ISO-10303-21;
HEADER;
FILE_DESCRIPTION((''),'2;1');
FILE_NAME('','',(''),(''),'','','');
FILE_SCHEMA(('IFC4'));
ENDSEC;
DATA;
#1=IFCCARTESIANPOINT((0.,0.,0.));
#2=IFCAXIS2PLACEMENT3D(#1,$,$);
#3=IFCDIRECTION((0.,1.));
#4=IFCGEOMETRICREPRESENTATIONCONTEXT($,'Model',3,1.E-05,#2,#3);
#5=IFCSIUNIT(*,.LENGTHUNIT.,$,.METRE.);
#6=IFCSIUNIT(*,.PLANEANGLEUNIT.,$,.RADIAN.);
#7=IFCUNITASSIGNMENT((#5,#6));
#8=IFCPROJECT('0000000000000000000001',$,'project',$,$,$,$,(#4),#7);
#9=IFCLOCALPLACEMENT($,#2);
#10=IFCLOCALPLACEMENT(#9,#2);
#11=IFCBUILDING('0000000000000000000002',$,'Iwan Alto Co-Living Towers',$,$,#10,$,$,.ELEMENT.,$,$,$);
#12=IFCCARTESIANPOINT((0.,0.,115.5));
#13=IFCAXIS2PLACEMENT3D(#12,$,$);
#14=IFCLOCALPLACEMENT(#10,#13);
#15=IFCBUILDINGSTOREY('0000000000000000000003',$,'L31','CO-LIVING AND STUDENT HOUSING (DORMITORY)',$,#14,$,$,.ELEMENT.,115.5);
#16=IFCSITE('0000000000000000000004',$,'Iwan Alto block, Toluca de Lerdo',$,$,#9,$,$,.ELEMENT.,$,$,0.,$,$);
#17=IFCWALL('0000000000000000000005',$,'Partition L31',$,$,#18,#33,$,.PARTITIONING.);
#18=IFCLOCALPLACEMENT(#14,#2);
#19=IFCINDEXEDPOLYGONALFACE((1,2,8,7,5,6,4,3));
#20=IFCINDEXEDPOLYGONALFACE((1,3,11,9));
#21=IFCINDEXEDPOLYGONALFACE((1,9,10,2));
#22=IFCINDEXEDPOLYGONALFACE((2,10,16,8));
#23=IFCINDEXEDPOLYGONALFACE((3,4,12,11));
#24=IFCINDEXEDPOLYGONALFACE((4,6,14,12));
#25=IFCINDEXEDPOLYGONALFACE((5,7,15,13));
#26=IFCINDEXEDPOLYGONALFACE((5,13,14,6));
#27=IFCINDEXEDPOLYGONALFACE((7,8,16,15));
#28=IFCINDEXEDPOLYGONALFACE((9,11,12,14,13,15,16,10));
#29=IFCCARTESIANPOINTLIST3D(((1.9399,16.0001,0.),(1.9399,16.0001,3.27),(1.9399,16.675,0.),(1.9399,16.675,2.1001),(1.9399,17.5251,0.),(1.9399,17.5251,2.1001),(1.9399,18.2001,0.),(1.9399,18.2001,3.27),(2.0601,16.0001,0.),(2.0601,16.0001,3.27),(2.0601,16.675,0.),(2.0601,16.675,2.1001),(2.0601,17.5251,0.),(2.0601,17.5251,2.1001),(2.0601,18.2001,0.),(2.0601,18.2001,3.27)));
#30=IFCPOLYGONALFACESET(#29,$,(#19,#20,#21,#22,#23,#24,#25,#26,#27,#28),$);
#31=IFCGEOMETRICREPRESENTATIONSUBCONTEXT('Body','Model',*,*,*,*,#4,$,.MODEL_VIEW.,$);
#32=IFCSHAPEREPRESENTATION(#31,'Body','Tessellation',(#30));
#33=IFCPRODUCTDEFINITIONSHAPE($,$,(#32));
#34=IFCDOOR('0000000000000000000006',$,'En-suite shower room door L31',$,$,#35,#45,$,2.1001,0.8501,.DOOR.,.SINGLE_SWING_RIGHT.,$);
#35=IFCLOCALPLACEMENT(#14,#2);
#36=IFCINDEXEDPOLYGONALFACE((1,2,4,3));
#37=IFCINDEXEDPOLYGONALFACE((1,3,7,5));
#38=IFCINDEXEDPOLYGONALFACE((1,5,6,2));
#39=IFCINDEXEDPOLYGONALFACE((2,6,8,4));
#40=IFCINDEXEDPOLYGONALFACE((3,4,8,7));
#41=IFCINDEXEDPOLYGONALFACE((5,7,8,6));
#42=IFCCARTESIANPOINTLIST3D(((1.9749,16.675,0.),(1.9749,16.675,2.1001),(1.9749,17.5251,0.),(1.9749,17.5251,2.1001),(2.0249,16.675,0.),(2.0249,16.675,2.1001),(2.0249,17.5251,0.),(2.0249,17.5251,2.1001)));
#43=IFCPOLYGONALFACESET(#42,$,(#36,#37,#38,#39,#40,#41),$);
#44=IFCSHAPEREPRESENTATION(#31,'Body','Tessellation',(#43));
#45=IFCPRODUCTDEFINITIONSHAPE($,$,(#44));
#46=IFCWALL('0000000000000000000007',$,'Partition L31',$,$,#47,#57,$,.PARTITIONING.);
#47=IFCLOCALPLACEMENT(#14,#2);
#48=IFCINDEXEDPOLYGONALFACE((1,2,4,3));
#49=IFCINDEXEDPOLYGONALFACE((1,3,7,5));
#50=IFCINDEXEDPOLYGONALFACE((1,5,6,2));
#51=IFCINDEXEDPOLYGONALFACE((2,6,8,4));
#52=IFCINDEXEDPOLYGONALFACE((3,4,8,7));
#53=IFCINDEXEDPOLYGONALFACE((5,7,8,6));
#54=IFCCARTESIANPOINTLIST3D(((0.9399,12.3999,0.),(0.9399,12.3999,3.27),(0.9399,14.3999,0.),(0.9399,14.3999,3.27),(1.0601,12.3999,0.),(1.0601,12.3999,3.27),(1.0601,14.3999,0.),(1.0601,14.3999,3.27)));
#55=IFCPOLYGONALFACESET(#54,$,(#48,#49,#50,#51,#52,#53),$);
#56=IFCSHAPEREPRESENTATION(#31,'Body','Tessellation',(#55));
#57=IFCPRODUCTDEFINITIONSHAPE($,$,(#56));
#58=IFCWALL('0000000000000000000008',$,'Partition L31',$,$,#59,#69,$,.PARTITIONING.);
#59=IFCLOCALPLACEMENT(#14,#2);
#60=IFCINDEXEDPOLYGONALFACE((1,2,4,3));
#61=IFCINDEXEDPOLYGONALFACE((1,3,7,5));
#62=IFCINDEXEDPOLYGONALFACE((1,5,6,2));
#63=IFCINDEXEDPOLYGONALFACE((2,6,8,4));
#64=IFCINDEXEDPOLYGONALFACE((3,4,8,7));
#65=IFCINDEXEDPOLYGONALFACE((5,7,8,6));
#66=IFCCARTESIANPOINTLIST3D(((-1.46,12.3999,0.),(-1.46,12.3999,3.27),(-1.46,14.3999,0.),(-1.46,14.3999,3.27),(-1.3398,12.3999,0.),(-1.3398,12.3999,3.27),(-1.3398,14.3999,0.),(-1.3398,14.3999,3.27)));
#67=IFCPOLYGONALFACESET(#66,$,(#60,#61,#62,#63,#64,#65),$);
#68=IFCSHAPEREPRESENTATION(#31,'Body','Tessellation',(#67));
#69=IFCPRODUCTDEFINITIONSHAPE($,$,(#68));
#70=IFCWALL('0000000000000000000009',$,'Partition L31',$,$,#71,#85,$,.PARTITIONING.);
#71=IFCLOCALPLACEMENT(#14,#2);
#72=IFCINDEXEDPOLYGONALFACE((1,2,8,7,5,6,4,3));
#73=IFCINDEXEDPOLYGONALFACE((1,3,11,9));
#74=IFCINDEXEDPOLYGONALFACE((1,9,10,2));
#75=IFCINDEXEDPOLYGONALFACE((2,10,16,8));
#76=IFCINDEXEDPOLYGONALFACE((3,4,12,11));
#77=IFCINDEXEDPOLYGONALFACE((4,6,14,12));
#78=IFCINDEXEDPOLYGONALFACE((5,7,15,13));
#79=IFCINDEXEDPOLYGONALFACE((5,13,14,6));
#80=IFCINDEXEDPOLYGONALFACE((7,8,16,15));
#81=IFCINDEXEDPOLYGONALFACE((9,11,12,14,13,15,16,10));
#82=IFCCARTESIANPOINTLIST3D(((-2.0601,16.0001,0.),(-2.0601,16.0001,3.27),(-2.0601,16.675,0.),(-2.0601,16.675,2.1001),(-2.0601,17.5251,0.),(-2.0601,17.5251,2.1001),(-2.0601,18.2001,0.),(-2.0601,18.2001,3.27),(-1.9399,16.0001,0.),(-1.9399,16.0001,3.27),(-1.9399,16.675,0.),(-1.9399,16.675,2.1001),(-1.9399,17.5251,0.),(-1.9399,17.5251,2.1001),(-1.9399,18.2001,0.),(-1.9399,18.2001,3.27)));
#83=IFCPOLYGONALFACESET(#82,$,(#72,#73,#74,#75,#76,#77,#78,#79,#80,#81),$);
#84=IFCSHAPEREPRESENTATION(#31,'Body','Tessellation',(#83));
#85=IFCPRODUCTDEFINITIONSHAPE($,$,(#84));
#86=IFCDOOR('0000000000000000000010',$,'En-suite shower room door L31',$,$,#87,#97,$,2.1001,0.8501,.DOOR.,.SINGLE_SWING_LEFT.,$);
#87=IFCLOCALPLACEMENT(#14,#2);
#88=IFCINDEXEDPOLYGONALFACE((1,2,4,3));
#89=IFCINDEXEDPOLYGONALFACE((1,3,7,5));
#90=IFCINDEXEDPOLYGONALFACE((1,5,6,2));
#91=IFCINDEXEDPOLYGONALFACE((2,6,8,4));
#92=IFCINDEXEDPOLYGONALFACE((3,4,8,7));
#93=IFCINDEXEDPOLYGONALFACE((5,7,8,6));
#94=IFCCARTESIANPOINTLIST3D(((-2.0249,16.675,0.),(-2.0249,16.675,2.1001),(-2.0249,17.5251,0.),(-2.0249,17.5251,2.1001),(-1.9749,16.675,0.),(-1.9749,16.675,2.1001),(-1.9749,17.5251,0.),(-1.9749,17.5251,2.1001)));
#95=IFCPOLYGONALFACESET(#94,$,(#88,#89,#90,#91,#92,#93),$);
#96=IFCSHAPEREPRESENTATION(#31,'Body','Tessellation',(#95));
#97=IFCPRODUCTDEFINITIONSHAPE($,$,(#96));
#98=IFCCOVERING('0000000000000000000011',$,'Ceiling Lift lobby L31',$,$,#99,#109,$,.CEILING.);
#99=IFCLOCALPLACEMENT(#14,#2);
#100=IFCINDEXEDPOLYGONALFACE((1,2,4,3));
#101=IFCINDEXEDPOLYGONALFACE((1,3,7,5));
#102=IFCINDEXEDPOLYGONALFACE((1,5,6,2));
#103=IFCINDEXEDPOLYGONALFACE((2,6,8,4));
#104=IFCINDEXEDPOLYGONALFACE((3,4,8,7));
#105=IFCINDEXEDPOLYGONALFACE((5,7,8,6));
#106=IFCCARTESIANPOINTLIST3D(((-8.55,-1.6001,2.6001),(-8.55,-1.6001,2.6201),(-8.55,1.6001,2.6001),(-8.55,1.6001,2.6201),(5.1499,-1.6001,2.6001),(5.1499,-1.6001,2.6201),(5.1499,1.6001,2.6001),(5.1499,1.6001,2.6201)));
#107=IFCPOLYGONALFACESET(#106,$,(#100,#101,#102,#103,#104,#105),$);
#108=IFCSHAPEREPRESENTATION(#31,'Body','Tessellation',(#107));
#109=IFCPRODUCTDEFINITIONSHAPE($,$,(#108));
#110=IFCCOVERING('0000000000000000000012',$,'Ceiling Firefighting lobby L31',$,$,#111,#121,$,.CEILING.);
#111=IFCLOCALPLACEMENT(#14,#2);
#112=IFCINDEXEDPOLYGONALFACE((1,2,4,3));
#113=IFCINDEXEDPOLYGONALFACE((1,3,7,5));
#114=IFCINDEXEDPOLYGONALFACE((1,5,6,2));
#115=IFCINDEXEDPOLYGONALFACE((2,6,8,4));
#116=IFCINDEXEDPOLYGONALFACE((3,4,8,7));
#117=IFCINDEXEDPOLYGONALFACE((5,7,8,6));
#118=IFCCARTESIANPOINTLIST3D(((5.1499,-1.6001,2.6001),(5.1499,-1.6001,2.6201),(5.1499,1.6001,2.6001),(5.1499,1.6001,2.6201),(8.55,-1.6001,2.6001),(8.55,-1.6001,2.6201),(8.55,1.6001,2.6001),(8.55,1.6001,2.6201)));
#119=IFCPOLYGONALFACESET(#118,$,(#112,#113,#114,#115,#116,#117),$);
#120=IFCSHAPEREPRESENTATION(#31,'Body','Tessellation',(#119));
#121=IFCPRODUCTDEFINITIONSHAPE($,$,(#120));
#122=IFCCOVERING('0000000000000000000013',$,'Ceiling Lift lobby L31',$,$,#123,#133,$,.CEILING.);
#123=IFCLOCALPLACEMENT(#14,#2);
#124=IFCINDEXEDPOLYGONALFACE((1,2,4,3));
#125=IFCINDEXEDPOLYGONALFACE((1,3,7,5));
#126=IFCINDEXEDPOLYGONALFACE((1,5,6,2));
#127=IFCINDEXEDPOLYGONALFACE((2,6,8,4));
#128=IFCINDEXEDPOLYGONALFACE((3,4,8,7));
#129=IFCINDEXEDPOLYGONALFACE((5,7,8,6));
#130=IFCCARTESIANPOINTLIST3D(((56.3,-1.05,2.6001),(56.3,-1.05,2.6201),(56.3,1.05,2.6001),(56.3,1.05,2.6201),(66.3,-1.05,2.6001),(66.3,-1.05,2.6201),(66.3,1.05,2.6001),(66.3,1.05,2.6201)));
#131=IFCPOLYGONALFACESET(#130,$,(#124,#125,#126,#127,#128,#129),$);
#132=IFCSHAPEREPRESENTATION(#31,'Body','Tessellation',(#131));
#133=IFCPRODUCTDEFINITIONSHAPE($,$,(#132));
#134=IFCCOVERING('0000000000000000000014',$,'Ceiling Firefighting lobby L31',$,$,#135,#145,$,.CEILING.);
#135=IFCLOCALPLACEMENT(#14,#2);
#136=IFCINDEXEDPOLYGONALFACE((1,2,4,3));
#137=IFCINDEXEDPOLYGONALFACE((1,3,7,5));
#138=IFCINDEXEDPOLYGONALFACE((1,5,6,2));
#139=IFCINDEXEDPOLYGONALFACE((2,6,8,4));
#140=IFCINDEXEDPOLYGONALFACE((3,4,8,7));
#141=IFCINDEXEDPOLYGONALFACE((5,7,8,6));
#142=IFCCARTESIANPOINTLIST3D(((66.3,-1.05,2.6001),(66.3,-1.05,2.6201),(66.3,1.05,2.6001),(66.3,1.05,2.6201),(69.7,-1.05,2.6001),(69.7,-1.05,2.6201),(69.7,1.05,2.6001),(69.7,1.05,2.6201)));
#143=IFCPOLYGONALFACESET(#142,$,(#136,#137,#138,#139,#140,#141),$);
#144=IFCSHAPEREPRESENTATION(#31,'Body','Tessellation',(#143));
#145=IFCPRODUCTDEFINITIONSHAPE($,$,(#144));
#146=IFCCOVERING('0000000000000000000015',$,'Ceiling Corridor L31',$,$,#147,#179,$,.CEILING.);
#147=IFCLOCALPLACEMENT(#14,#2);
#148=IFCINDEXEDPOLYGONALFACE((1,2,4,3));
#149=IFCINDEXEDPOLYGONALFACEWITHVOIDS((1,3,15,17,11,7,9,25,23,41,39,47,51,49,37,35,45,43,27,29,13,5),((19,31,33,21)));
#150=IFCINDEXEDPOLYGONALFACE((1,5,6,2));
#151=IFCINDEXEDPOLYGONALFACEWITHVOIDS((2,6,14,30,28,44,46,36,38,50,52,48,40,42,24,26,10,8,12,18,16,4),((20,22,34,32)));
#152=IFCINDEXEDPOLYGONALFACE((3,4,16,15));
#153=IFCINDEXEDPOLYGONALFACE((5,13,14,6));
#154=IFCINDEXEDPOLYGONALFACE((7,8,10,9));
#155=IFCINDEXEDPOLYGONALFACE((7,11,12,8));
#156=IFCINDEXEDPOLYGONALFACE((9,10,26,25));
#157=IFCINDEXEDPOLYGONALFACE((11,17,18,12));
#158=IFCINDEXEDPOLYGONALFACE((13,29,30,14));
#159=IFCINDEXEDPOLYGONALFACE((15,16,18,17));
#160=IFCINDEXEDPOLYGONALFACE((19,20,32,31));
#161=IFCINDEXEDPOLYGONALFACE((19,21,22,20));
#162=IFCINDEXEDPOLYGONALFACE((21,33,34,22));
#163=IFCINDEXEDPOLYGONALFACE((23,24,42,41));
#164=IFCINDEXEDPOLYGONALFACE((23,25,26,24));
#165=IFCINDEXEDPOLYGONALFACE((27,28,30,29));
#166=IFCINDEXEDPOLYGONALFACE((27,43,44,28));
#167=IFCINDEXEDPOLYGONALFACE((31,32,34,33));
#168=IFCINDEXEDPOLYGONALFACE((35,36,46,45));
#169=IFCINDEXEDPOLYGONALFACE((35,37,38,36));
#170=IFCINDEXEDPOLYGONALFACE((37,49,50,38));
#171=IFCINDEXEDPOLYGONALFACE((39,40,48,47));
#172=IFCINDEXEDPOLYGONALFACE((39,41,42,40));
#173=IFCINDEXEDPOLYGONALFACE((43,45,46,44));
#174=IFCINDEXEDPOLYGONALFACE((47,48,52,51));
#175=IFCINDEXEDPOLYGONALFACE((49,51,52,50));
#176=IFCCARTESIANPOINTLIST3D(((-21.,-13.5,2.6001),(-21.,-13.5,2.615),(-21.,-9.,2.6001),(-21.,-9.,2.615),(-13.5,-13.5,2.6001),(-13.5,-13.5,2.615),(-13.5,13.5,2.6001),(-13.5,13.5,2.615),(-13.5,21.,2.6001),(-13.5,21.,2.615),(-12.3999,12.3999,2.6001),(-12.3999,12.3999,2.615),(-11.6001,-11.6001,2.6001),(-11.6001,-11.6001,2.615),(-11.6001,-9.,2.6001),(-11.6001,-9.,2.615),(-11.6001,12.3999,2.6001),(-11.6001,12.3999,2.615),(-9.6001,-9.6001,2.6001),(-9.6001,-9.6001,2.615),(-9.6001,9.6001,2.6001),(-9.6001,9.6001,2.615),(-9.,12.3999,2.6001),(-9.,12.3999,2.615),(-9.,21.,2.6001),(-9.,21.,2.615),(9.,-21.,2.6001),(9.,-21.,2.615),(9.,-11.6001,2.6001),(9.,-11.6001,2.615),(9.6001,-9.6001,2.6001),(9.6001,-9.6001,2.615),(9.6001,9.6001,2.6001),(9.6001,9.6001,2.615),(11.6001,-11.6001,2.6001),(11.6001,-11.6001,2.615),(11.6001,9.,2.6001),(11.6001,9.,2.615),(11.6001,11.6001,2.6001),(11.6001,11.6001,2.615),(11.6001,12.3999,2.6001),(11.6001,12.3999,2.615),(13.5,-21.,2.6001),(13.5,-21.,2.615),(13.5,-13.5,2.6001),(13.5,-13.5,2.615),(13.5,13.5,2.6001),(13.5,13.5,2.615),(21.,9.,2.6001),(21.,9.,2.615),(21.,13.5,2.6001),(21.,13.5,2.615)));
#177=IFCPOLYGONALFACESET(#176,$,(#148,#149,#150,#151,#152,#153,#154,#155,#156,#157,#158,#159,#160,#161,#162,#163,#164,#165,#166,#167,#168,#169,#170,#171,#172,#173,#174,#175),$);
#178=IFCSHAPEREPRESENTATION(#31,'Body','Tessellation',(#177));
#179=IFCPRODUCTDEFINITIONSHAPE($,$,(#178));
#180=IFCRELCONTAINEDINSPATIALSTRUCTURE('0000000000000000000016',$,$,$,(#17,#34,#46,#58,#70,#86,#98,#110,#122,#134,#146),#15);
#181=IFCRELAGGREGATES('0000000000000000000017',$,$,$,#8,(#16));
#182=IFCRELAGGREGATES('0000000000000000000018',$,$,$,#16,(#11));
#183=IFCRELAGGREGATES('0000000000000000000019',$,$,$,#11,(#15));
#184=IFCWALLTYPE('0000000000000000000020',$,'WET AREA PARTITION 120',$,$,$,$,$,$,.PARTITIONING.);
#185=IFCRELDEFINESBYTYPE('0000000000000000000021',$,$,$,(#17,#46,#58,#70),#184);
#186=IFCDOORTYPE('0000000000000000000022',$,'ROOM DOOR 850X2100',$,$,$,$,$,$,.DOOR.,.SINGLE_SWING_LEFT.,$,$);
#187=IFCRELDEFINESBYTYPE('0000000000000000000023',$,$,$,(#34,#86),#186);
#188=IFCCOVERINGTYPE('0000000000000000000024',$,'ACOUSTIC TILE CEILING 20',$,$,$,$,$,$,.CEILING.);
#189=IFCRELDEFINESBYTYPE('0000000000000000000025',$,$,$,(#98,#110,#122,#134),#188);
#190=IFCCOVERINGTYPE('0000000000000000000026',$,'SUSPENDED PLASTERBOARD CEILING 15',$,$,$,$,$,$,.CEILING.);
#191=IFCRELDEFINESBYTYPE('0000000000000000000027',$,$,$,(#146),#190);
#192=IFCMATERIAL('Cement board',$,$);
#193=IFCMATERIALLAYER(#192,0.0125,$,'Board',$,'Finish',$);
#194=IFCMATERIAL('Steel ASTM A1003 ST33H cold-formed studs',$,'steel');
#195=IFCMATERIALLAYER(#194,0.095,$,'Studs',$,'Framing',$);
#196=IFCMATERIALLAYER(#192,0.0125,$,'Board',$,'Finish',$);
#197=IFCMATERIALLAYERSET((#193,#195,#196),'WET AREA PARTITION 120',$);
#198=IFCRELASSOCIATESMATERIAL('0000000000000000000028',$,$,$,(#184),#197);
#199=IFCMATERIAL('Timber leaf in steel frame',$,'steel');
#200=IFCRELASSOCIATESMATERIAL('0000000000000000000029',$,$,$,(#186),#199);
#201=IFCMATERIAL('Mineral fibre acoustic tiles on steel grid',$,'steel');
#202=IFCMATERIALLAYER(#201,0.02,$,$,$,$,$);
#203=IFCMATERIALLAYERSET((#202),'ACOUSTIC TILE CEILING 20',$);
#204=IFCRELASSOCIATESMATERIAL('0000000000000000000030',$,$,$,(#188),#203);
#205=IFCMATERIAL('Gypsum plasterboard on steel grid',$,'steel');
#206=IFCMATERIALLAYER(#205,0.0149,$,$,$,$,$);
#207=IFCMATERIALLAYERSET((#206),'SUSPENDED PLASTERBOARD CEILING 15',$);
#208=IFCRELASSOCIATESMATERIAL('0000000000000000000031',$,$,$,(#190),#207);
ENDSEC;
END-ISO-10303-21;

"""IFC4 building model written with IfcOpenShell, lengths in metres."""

from ifc_helpers import new_model, si_unit, direction, frame, frame_2d, origin, place, context, subcontext, project, spatial, polyline, rectangle, outline, extrude, material, layer, layer_set, type_object, element, fill, save


model = new_model("IFC4")

# Units and contexts
model_context = context("Model", 3, precision=1e-05, world=origin(), true_north=direction((0.0, 1.0)))
body_context = subcontext(model_context, "Body", "Model", "MODEL_VIEW")
ifc_project = project(units=[si_unit("LENGTHUNIT", "METRE"), si_unit("PLANEANGLEUNIT", "RADIAN")], contexts=[model_context])

# Site, building, storey
site_placement = place(None, origin())
site = spatial("IfcSite", under=ifc_project, at=site_placement, Name="Iwan Alto block, Toluca de Lerdo", CompositionType="ELEMENT", RefElevation=0.0)
building_placement = place(site_placement, origin())
building = spatial("IfcBuilding", under=site, at=building_placement, Name="Iwan Alto Co-Living Towers", CompositionType="ELEMENT")
storey_placement = place(building_placement, frame((0.0, 0.0, 115.5)))
storey = spatial("IfcBuildingStorey", under=building, at=storey_placement, Name="L31", Description="CO-LIVING AND STUDENT HOUSING (DORMITORY)", CompositionType="ELEMENT", Elevation=115.5)

# Shared definitions
ifc_material_1 = material(Name="Steel ASTM A1003 ST33H cold-formed studs", Category="steel")

# Wall, opening, door
ifc_material_2 = material(Name="Cement board")
ifc_layer_1 = layer(ifc_material_2, 0.0125, Name="Board", Category="Finish")
ifc_layer_2 = layer(ifc_material_1, 0.095, Name="Studs", Category="Framing")
ifc_layer_3 = layer(ifc_material_2, 0.0125, Name="Board", Category="Finish")
ifc_layer_set_1 = layer_set([ifc_layer_1, ifc_layer_2, ifc_layer_3], Name="WET AREA PARTITION 120")
wall_type_1 = type_object("IfcWallType", Name="WET AREA PARTITION 120", PredefinedType="PARTITIONING", material=ifc_layer_set_1)
ifc_material_3 = material(Name="Timber leaf in steel frame", Category="steel")
door_type = type_object("IfcDoorType", Name="ROOM DOOR 850X2100", OperationType="SINGLE_SWING_LEFT", PredefinedType="DOOR", material=ifc_material_3)
wall_1_placement = place(storey_placement, frame((2.0, 16.0, 0.0), z_axis=(0.0, 0.0, 1.0), x_axis=(0.0, 1.0, 0.0)))
wall_1 = element("IfcWall", 1, at=wall_1_placement, inside=storey, type_object=wall_type_1, Name="Partition L31", PredefinedType="PARTITIONING", context=body_context, shape_type="SweptSolid", body=[
    extrude(rectangle(XDim=2.2, YDim=0.1201, at=frame_2d((1.1001, 0.0))), origin(), (0.0, 0.0, 1.0), 3.27),
])
opening_1_placement = place(wall_1_placement, frame((0.675, 0.0, 0.0)))
opening_1 = element("IfcOpeningElement", 2, at=opening_1_placement, cuts=wall_1, PredefinedType="OPENING", context=body_context, shape_type="SweptSolid", body=[
    extrude(rectangle(XDim=0.8501, YDim=2.1001, at=frame_2d((0.425, 1.05))), frame((0.0, 0.0701, 0.0), z_axis=(0.0, -1.0, 0.0), x_axis=(1.0, 0.0, 0.0)), (0.0, 0.0, 1.0), 0.1401),
])
door_1_placement = place(opening_1_placement, frame((0.8501, 0.0, 0.0), z_axis=(0.0, 0.0, 1.0), x_axis=(-1.0, 0.0, 0.0)))
door_1 = element("IfcDoor", 3, at=door_1_placement, inside=storey, type_object=door_type, Name="En-suite shower room door L31", OperationType="SINGLE_SWING_RIGHT", OverallHeight=2.1001, OverallWidth=0.8501, PredefinedType="DOOR", context=body_context, shape_type="SweptSolid", body=[
    extrude(rectangle(XDim=0.8501, YDim=2.1001, at=frame_2d((0.425, 1.05))), frame((0.0, 0.0249, 0.0), z_axis=(0.0, -1.0, 0.0), x_axis=(1.0, 0.0, 0.0)), (0.0, 0.0, 1.0), 0.05),
])
fill(opening_1, door_1)

# Walls
for number, where, z_axis, x_axis, name in (
    (4, (1.0, 12.3999, 0.0), (0.0, 0.0, 1.0), (0.0, 1.0, 0.0), "Partition L31"),
    (5, (-1.3999, 12.3999, 0.0), (0.0, 0.0, 1.0), (0.0, 1.0, 0.0), "Partition L31"),
):
    element("IfcWall", number, at=place(storey_placement, frame(where, z_axis=z_axis, x_axis=x_axis)), inside=storey, type_object=wall_type_1, Name=name, PredefinedType="PARTITIONING", context=body_context, shape_type="SweptSolid", body=[
        extrude(rectangle(XDim=2.0, YDim=0.1201, at=frame_2d((1.0, 0.0))), origin(), (0.0, 0.0, 1.0), 3.27),
    ])

# Wall, opening, door
wall_2_placement = place(storey_placement, frame((-2.0, 16.0, 0.0), z_axis=(0.0, 0.0, 1.0), x_axis=(0.0, 1.0, 0.0)))
wall_2 = element("IfcWall", 6, at=wall_2_placement, inside=storey, type_object=wall_type_1, Name="Partition L31", PredefinedType="PARTITIONING", context=body_context, shape_type="SweptSolid", body=[
    extrude(rectangle(XDim=2.2, YDim=0.1201, at=frame_2d((1.1001, 0.0))), origin(), (0.0, 0.0, 1.0), 3.27),
])
opening_2_placement = place(wall_2_placement, frame((0.675, 0.0, 0.0)))
opening_2 = element("IfcOpeningElement", 7, at=opening_2_placement, cuts=wall_2, PredefinedType="OPENING", context=body_context, shape_type="SweptSolid", body=[
    extrude(rectangle(XDim=0.8501, YDim=2.1001, at=frame_2d((0.425, 1.05))), frame((0.0, 0.0701, 0.0), z_axis=(0.0, -1.0, 0.0), x_axis=(1.0, 0.0, 0.0)), (0.0, 0.0, 1.0), 0.1401),
])
door_2_placement = place(opening_2_placement, origin())
door_2 = element("IfcDoor", 8, at=door_2_placement, inside=storey, type_object=door_type, Name="En-suite shower room door L31", OperationType="SINGLE_SWING_LEFT", OverallHeight=2.1001, OverallWidth=0.8501, PredefinedType="DOOR", context=body_context, shape_type="SweptSolid", body=[
    extrude(rectangle(XDim=0.8501, YDim=2.1001, at=frame_2d((0.425, 1.05))), frame((0.0, 0.0249, 0.0), z_axis=(0.0, -1.0, 0.0), x_axis=(1.0, 0.0, 0.0)), (0.0, 0.0, 1.0), 0.05),
])
fill(opening_2, door_2)

# Coverings
ifc_material_4 = material(Name="Mineral fibre acoustic tiles on steel grid", Category="steel")
ifc_layer_4 = layer(ifc_material_4, 0.02)
ifc_layer_set_2 = layer_set([ifc_layer_4], Name="ACOUSTIC TILE CEILING 20")
covering_type_1 = type_object("IfcCoveringType", Name="ACOUSTIC TILE CEILING 20", PredefinedType="CEILING", material=ifc_layer_set_2)
covering_1_placement = place(storey_placement, frame((0.0, 0.0, 2.6001)))
element("IfcCovering", 9, at=covering_1_placement, inside=storey, type_object=covering_type_1, Name="Ceiling Lift lobby L31", PredefinedType="CEILING", context=body_context, shape_type="SweptSolid", body=[
    extrude(outline(polyline([(-8.55, -1.6001), (-8.55, 1.6001), (5.1499, 1.6001), (5.1499, -1.6001), (-8.55, -1.6001)])), origin(), (0.0, 0.0, 1.0), 0.02),
])
covering_2_placement = place(storey_placement, frame((0.0, 0.0, 2.6001)))
element("IfcCovering", 10, at=covering_2_placement, inside=storey, type_object=covering_type_1, Name="Ceiling Firefighting lobby L31", PredefinedType="CEILING", context=body_context, shape_type="SweptSolid", body=[
    extrude(outline(polyline([(5.1499, -1.6001), (5.1499, 1.6001), (8.55, 1.6001), (8.55, -1.6001), (5.1499, -1.6001)])), origin(), (0.0, 0.0, 1.0), 0.02),
])
covering_3_placement = place(storey_placement, frame((0.0, 0.0, 2.6001)))
element("IfcCovering", 11, at=covering_3_placement, inside=storey, type_object=covering_type_1, Name="Ceiling Lift lobby L31", PredefinedType="CEILING", context=body_context, shape_type="SweptSolid", body=[
    extrude(outline(polyline([(56.3, -1.05), (56.3, 1.05), (66.3, 1.05), (66.3, -1.05), (56.3, -1.05)])), origin(), (0.0, 0.0, 1.0), 0.02),
])
covering_4_placement = place(storey_placement, frame((0.0, 0.0, 2.6001)))
element("IfcCovering", 12, at=covering_4_placement, inside=storey, type_object=covering_type_1, Name="Ceiling Firefighting lobby L31", PredefinedType="CEILING", context=body_context, shape_type="SweptSolid", body=[
    extrude(outline(polyline([(66.3, -1.05), (66.3, 1.05), (69.7, 1.05), (69.7, -1.05), (66.3, -1.05)])), origin(), (0.0, 0.0, 1.0), 0.02),
])
ifc_material_5 = material(Name="Gypsum plasterboard on steel grid", Category="steel")
ifc_layer_5 = layer(ifc_material_5, 0.0149)
ifc_layer_set_3 = layer_set([ifc_layer_5], Name="SUSPENDED PLASTERBOARD CEILING 15")
covering_type_2 = type_object("IfcCoveringType", Name="SUSPENDED PLASTERBOARD CEILING 15", PredefinedType="CEILING", material=ifc_layer_set_3)
covering_5_placement = place(storey_placement, frame((0.0, 0.0, 2.6001)))
element("IfcCovering", 13, at=covering_5_placement, inside=storey, type_object=covering_type_2, Name="Ceiling Corridor L31", PredefinedType="CEILING", context=body_context, shape_type="SweptSolid", body=[
    extrude(outline(polyline([(13.5, -21.0), (9.0, -21.0), (9.0, -11.6001), (-11.6001, -11.6001), (-13.5, -13.5), (-21.0, -13.5), (-21.0, -9.0), (-11.6001, -9.0), (-11.6001, 12.3999), (-12.3999, 12.3999), (-13.5, 13.5), (-13.5, 21.0), (-9.0, 21.0), (-9.0, 12.3999), (11.6001, 12.3999), (11.6001, 11.6001), (13.5, 13.5), (21.0, 13.5), (21.0, 9.0), (11.6001, 9.0), (11.6001, -11.6001), (13.5, -13.5), (13.5, -21.0)]), holes=[polyline([(9.6001, -9.6001), (9.6001, 9.6001), (-9.6001, 9.6001), (-9.6001, -9.6001), (9.6001, -9.6001)])]), origin(), (0.0, 0.0, 1.0), 0.0149),
])

save(model, "model.ifc")
